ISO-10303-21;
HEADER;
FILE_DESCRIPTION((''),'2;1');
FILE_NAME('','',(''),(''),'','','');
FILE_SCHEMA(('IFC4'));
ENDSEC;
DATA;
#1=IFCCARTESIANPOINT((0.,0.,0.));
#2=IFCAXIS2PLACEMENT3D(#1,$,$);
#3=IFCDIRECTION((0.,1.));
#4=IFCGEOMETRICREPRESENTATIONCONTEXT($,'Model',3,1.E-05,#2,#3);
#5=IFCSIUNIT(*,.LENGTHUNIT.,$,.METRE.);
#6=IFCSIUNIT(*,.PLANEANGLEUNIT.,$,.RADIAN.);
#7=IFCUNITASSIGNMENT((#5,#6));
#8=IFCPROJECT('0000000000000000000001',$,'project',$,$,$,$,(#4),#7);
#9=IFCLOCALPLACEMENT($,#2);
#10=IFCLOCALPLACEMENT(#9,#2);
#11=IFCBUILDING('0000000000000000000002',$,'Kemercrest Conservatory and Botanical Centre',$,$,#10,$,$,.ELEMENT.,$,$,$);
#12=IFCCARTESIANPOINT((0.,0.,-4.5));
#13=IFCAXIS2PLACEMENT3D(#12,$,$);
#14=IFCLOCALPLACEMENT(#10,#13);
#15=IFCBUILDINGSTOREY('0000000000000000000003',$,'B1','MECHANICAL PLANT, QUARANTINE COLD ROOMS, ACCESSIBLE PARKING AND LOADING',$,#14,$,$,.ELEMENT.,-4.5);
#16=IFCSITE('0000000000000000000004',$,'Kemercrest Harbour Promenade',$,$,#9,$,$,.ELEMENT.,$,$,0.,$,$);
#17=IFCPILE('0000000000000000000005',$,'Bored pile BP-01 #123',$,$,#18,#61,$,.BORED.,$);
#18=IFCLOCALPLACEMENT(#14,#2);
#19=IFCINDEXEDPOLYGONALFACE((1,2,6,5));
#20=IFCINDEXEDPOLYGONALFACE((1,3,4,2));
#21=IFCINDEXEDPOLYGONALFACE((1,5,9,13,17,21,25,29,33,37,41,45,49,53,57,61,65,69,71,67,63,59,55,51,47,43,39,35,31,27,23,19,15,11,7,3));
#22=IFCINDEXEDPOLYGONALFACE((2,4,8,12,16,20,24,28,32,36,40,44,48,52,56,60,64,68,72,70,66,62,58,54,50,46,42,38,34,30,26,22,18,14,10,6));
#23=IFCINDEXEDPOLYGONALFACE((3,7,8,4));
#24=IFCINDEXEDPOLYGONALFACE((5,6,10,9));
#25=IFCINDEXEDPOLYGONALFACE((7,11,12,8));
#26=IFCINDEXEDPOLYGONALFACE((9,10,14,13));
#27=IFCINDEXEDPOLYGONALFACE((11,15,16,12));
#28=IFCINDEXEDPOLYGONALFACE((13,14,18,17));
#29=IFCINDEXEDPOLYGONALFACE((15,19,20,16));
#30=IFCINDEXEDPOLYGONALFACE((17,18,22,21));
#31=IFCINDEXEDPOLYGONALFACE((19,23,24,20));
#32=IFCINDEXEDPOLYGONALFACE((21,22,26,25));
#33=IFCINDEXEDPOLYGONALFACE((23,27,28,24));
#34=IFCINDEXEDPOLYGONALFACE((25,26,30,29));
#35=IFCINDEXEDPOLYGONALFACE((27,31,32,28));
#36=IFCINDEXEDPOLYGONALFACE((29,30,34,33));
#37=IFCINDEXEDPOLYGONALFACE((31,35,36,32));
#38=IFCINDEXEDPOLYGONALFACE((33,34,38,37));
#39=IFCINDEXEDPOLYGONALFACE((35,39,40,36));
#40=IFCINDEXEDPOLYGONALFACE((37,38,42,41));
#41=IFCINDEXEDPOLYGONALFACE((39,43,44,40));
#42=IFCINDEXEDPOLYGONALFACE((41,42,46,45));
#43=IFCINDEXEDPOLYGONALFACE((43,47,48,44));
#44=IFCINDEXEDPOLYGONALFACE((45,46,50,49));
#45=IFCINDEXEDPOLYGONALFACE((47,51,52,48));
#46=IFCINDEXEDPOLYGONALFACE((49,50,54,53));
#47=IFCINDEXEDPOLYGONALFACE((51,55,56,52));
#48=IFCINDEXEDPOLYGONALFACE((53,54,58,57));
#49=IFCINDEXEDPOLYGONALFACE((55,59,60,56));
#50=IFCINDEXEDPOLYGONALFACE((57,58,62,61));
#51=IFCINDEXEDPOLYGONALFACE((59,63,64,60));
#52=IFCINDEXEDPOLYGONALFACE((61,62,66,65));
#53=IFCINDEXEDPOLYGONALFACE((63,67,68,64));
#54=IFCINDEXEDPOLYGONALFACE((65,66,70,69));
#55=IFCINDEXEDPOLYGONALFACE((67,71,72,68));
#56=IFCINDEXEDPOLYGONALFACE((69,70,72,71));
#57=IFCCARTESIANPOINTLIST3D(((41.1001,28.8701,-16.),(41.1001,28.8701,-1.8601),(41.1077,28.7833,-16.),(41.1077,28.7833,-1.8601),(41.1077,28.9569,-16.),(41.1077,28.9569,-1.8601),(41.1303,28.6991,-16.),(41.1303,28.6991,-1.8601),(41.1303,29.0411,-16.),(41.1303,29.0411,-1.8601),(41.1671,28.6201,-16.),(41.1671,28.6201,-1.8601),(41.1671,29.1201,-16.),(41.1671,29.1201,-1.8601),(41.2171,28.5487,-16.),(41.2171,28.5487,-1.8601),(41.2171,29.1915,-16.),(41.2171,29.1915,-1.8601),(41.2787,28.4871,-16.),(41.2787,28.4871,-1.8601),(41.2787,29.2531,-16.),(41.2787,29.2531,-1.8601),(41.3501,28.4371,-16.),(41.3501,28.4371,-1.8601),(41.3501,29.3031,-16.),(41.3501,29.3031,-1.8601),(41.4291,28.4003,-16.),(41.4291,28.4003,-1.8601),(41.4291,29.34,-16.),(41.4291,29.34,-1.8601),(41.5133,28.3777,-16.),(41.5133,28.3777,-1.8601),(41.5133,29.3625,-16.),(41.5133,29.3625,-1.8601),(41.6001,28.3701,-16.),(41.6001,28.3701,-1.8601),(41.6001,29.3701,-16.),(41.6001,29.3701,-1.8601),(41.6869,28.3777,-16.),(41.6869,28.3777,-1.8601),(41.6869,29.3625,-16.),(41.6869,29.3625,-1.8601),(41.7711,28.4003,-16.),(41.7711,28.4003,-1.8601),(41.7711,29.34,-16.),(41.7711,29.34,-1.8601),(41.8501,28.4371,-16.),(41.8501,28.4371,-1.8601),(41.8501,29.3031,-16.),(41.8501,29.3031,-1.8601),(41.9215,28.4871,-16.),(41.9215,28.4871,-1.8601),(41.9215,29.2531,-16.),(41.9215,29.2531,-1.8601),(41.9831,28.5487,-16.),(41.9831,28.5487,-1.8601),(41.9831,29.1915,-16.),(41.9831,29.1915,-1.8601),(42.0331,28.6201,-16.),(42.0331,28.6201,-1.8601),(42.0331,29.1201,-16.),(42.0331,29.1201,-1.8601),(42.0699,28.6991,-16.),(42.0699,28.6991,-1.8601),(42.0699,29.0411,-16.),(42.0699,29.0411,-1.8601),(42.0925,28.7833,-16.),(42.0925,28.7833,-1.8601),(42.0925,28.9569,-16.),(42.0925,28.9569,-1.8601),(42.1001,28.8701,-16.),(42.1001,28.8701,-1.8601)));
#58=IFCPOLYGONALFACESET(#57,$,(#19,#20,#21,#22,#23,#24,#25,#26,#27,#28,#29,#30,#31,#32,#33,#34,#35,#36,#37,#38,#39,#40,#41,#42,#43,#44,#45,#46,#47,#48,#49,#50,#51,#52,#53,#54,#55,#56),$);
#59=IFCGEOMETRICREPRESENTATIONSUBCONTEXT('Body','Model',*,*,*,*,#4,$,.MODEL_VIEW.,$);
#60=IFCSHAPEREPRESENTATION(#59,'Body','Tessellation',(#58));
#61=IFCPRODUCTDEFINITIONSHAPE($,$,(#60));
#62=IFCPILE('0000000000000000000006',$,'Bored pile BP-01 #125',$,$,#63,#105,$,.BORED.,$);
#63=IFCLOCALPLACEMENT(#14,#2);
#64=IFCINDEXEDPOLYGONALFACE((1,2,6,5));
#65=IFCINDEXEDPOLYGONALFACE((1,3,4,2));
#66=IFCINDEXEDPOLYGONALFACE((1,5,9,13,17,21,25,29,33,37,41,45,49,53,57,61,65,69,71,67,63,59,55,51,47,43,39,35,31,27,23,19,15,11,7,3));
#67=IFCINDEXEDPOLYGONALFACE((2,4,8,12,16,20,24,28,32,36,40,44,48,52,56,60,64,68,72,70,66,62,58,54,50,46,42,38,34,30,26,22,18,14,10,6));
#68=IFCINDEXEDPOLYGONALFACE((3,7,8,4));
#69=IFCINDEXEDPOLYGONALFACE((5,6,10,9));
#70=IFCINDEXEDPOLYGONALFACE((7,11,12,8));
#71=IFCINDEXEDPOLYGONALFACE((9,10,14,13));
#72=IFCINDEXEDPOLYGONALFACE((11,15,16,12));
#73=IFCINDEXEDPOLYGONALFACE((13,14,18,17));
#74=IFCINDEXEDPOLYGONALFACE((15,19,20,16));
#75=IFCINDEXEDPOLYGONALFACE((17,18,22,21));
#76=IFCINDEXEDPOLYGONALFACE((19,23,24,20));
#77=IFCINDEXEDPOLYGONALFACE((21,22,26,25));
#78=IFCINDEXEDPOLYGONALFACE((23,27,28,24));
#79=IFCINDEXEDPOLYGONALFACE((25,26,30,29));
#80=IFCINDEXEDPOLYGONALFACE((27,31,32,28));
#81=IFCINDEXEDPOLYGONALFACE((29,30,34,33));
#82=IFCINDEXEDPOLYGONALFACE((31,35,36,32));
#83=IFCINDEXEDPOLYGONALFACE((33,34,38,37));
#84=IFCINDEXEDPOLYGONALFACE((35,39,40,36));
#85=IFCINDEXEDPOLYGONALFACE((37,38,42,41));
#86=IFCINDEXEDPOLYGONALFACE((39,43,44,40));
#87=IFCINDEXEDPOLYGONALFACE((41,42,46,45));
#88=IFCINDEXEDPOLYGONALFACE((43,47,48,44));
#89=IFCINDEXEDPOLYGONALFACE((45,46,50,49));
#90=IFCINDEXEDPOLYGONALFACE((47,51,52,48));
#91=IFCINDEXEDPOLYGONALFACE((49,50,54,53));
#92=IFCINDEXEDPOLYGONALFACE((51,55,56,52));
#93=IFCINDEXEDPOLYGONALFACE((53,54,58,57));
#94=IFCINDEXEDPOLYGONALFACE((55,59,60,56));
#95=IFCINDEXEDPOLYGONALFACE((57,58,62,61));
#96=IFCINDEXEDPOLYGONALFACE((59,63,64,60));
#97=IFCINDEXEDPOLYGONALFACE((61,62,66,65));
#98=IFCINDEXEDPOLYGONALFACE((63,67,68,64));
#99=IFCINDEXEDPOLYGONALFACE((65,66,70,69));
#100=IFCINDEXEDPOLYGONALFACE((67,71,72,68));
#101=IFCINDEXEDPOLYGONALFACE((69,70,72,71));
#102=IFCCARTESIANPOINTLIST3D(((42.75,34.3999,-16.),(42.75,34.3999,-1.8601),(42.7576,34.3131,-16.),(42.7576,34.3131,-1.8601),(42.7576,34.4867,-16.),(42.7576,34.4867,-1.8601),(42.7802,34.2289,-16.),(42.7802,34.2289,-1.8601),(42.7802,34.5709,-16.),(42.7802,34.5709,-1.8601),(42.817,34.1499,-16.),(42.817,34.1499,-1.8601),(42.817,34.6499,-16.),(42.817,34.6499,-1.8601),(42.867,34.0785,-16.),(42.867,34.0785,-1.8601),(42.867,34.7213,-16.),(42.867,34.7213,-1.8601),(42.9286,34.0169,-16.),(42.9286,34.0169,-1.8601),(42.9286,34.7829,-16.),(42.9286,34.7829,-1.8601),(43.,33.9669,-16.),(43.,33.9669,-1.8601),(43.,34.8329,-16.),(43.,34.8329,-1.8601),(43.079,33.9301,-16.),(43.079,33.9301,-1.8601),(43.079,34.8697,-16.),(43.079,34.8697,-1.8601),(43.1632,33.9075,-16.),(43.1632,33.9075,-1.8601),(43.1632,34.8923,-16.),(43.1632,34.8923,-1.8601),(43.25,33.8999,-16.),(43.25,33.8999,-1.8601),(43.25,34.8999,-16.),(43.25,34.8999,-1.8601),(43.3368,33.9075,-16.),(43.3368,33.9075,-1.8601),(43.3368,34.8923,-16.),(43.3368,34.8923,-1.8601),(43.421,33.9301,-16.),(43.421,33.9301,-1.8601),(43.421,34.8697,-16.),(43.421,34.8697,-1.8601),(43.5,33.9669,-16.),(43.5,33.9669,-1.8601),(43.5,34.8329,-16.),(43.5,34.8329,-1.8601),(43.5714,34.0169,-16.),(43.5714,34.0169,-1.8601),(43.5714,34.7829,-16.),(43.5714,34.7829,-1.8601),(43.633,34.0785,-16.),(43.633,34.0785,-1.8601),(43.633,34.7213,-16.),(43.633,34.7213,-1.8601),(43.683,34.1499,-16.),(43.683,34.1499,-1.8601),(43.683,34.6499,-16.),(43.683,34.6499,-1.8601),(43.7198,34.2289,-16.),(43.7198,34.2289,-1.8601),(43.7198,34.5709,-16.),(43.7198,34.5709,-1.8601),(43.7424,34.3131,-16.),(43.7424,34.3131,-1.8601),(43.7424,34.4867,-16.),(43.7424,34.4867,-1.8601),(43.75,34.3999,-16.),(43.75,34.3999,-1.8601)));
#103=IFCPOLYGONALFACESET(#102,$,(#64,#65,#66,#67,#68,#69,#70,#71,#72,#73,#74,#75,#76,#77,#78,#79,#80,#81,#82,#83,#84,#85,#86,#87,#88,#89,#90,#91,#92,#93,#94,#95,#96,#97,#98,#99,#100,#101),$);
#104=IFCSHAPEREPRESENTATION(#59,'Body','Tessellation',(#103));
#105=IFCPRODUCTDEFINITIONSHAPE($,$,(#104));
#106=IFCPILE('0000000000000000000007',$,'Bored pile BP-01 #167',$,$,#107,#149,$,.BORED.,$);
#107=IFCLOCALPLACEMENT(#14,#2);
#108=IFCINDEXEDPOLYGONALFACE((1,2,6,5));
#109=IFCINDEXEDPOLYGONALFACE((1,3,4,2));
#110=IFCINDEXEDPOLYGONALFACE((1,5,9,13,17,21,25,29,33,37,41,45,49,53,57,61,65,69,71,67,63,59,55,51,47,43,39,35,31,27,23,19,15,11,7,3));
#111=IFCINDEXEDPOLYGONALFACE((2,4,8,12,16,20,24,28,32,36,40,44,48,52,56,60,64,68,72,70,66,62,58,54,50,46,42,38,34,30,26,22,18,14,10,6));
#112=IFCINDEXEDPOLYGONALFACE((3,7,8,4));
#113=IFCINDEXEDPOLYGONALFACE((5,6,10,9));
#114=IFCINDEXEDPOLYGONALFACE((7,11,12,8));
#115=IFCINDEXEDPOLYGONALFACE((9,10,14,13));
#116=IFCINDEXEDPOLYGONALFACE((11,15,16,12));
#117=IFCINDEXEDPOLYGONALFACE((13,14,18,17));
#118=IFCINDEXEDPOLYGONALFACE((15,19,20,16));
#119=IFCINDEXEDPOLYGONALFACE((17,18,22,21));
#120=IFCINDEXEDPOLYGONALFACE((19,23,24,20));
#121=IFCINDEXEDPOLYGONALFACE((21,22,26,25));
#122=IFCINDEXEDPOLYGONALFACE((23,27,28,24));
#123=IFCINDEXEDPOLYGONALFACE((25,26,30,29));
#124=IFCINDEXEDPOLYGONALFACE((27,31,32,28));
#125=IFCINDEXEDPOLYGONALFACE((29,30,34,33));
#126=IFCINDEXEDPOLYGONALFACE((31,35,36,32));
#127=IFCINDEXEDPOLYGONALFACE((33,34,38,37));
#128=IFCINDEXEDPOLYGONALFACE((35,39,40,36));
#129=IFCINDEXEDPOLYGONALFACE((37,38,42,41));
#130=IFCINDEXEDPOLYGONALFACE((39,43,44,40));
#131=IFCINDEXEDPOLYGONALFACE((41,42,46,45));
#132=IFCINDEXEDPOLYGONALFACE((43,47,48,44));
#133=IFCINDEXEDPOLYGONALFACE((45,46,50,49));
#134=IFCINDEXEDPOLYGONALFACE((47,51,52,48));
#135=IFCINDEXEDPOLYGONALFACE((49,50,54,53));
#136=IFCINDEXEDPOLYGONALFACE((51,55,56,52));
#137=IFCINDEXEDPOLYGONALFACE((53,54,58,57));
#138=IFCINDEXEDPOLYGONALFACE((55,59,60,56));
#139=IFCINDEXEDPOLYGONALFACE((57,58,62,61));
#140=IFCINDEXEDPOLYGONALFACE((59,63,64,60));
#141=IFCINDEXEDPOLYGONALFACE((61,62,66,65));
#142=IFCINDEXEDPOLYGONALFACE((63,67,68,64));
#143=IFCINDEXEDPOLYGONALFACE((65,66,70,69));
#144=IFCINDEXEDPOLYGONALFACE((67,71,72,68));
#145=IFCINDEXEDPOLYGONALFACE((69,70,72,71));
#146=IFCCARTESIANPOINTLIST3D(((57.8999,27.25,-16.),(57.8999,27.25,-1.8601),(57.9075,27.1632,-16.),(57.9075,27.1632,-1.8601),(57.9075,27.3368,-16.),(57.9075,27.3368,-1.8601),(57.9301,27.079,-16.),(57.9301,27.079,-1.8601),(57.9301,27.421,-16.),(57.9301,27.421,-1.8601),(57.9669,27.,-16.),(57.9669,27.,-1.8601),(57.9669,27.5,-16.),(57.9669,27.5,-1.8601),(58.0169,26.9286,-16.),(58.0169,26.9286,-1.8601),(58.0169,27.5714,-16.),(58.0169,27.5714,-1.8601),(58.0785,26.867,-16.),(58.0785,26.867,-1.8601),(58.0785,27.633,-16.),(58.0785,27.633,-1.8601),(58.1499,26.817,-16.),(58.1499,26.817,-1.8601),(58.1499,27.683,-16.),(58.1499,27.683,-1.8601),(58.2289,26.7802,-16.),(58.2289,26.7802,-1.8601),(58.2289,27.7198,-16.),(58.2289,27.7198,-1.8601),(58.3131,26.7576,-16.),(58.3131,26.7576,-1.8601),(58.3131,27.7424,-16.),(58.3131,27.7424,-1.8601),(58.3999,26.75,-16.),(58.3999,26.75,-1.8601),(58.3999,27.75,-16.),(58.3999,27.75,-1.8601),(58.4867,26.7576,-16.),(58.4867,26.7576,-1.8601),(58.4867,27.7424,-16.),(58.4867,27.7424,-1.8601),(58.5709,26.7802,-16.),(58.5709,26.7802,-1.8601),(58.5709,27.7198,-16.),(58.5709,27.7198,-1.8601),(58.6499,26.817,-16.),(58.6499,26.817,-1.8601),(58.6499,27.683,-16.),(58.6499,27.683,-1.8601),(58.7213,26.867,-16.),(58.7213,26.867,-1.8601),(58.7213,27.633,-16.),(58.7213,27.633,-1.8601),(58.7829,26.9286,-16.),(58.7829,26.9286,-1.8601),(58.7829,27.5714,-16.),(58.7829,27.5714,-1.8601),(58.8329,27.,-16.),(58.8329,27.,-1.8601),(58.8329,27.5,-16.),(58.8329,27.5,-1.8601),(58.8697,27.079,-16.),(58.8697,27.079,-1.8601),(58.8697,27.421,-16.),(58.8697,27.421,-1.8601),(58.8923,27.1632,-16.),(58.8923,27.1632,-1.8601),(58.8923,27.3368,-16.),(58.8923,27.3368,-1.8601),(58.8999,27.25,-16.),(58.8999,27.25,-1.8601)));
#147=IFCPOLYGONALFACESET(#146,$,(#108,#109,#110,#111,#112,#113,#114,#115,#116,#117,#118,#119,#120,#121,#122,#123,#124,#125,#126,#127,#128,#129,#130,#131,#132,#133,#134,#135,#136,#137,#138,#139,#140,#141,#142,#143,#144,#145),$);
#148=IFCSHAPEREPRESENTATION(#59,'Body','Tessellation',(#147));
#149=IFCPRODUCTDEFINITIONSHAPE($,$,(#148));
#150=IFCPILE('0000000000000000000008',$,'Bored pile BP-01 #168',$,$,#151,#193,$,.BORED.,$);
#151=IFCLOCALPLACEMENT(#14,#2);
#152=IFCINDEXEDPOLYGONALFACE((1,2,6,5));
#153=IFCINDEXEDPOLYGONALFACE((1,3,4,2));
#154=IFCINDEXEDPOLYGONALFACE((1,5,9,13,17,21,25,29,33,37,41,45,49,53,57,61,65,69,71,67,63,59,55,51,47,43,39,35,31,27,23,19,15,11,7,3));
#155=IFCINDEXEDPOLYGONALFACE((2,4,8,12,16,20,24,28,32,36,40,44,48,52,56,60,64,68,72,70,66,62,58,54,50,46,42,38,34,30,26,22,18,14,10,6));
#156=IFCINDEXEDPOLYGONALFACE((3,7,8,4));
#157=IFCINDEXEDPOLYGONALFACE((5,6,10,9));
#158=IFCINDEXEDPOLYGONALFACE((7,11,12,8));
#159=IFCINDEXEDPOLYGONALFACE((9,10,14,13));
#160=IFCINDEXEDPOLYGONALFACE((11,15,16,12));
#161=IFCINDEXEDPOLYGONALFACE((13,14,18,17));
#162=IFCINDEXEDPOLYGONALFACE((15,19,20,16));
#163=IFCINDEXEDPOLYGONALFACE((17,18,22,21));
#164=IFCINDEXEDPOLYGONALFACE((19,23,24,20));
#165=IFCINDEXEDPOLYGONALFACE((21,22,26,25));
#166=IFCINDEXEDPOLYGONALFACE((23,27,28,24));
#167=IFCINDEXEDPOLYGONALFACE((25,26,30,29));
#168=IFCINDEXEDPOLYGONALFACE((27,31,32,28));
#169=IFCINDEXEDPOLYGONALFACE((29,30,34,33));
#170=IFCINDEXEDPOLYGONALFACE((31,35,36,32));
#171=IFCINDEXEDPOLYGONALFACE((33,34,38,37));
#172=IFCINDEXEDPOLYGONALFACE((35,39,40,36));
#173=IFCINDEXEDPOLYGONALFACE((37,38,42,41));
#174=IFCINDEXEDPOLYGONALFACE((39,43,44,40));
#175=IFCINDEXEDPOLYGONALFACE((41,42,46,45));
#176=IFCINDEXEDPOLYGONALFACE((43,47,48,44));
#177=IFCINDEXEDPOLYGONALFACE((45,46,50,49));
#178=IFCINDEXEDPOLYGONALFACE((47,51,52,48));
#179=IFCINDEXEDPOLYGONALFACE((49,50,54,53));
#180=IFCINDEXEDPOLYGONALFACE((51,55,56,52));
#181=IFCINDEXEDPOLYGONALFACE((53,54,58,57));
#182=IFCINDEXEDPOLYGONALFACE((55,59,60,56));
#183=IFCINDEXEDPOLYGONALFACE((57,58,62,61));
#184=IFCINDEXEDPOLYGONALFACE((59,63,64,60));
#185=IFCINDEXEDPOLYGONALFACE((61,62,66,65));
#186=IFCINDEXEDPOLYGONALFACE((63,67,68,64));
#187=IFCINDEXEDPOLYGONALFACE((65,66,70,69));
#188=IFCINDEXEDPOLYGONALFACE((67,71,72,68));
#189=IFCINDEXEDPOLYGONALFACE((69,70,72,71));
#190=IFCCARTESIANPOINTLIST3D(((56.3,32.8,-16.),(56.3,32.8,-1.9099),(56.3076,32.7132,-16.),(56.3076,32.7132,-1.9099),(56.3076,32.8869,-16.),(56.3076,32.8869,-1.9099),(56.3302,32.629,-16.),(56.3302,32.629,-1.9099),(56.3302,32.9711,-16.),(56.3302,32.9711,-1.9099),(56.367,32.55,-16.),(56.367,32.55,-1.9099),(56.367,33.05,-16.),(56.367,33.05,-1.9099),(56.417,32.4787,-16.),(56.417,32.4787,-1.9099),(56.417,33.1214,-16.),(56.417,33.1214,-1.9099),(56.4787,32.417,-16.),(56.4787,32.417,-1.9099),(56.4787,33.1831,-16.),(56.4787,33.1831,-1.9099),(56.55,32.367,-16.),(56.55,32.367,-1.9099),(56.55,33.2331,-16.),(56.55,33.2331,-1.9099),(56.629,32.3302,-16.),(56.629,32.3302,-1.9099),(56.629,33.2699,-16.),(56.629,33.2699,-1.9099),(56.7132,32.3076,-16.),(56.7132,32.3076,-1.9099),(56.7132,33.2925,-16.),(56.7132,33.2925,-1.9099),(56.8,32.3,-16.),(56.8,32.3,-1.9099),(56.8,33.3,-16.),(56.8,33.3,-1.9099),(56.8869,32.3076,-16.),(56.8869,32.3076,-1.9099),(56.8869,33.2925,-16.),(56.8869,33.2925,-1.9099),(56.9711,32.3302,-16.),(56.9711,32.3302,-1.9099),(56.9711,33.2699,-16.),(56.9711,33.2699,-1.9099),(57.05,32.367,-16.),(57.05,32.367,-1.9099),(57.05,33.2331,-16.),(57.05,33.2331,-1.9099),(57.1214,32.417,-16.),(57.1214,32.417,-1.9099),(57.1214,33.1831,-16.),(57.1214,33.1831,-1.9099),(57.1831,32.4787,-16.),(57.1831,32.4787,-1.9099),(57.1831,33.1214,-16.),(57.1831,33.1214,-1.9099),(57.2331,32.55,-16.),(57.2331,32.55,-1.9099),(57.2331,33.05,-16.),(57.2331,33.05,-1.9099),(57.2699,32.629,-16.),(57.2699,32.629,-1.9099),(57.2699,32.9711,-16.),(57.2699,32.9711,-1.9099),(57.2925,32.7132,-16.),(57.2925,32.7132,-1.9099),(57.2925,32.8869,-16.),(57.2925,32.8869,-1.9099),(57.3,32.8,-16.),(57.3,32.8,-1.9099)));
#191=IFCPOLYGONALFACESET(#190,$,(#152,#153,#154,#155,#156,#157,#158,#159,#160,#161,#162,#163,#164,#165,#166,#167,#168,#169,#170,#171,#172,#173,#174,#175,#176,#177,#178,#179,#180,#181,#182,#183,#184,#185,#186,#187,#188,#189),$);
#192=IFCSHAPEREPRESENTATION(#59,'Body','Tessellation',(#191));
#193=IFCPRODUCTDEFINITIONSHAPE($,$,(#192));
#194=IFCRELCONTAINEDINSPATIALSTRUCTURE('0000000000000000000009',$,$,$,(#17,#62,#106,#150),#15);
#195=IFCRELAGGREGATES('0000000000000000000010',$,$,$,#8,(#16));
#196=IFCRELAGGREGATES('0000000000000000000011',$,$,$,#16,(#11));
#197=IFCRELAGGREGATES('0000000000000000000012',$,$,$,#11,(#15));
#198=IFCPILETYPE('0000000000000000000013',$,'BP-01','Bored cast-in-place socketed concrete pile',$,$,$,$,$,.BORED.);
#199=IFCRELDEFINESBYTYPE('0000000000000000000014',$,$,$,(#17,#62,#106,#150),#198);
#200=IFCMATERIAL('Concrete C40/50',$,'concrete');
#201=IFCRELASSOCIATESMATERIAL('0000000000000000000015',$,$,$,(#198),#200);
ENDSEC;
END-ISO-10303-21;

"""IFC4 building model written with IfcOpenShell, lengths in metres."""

from ifc_helpers import new_model, si_unit, direction, frame, origin, origin_2d, place, context, subcontext, project, spatial, circle, extrude, material, material_profile, profile_set, type_object, element, save


model = new_model("IFC4")

# Units and contexts
model_context = context("Model", 3, precision=1e-05, world=origin(), true_north=direction((0.0, 1.0)))
body_context = subcontext(model_context, "Body", "Model", "MODEL_VIEW")
ifc_project = project(units=[si_unit("LENGTHUNIT", "METRE"), si_unit("PLANEANGLEUNIT", "RADIAN")], contexts=[model_context])

# Site, building, storey
site_placement = place(None, origin())
site = spatial("IfcSite", under=ifc_project, at=site_placement, Name="Kemercrest Harbour Promenade", CompositionType="ELEMENT", RefElevation=0.0)
building_placement = place(site_placement, origin())
building = spatial("IfcBuilding", under=site, at=building_placement, Name="Kemercrest Conservatory and Botanical Centre", CompositionType="ELEMENT")
storey_placement = place(building_placement, frame((0.0, 0.0, -4.5)))
storey = spatial("IfcBuildingStorey", under=building, at=storey_placement, Name="B1", Description="MECHANICAL PLANT, QUARANTINE COLD ROOMS, ACCESSIBLE PARKING AND LOADING", CompositionType="ELEMENT", Elevation=-4.5)

# Piles
ifc_material_1 = material(Name="Concrete C40/50", Category="concrete")
ifc_material_profile_1 = material_profile(ifc_material_1, circle(Radius=0.5, at=origin_2d()), Name="BORED PILE 1000")
ifc_profile_set_1 = profile_set([ifc_material_profile_1], Name="Concrete C40/50")
pile_type_1 = type_object("IfcPileType", Name="BP-01", Description="Bored cast-in-place socketed concrete pile", PredefinedType="BORED", material=ifc_profile_set_1)
for number, where, z_axis, x_axis, name in (
    (1, (41.6001, 28.8701, -1.8601), (0.0, 0.0, -1.0), (1.0, 0.0, 0.0), "Bored pile BP-01 #123"),
    (2, (43.25, 34.3999, -1.8601), (0.0, 0.0, -1.0), (1.0, 0.0, 0.0), "Bored pile BP-01 #125"),
    (3, (58.3999, 27.25, -1.8601), (0.0, 0.0, -1.0), (1.0, 0.0, 0.0), "Bored pile BP-01 #167"),
):
    element("IfcPile", number, at=place(storey_placement, frame(where, z_axis=z_axis, x_axis=x_axis)), inside=storey, type_object=pile_type_1, Name=name, PredefinedType="BORED", context=body_context, shape_type="SweptSolid", body=[
        extrude(circle(Radius=0.5, at=origin_2d()), origin(), (0.0, 0.0, 1.0), 14.1399),
    ])
pile_1_placement = place(storey_placement, frame((56.8, 32.8, -1.9099), z_axis=(0.0, 0.0, -1.0), x_axis=(1.0, 0.0, 0.0)))
element("IfcPile", 4, at=pile_1_placement, inside=storey, type_object=pile_type_1, Name="Bored pile BP-01 #168", PredefinedType="BORED", context=body_context, shape_type="SweptSolid", body=[
    extrude(circle(Radius=0.5, at=origin_2d()), origin(), (0.0, 0.0, 1.0), 14.0901),
])

save(model, "model.ifc")
